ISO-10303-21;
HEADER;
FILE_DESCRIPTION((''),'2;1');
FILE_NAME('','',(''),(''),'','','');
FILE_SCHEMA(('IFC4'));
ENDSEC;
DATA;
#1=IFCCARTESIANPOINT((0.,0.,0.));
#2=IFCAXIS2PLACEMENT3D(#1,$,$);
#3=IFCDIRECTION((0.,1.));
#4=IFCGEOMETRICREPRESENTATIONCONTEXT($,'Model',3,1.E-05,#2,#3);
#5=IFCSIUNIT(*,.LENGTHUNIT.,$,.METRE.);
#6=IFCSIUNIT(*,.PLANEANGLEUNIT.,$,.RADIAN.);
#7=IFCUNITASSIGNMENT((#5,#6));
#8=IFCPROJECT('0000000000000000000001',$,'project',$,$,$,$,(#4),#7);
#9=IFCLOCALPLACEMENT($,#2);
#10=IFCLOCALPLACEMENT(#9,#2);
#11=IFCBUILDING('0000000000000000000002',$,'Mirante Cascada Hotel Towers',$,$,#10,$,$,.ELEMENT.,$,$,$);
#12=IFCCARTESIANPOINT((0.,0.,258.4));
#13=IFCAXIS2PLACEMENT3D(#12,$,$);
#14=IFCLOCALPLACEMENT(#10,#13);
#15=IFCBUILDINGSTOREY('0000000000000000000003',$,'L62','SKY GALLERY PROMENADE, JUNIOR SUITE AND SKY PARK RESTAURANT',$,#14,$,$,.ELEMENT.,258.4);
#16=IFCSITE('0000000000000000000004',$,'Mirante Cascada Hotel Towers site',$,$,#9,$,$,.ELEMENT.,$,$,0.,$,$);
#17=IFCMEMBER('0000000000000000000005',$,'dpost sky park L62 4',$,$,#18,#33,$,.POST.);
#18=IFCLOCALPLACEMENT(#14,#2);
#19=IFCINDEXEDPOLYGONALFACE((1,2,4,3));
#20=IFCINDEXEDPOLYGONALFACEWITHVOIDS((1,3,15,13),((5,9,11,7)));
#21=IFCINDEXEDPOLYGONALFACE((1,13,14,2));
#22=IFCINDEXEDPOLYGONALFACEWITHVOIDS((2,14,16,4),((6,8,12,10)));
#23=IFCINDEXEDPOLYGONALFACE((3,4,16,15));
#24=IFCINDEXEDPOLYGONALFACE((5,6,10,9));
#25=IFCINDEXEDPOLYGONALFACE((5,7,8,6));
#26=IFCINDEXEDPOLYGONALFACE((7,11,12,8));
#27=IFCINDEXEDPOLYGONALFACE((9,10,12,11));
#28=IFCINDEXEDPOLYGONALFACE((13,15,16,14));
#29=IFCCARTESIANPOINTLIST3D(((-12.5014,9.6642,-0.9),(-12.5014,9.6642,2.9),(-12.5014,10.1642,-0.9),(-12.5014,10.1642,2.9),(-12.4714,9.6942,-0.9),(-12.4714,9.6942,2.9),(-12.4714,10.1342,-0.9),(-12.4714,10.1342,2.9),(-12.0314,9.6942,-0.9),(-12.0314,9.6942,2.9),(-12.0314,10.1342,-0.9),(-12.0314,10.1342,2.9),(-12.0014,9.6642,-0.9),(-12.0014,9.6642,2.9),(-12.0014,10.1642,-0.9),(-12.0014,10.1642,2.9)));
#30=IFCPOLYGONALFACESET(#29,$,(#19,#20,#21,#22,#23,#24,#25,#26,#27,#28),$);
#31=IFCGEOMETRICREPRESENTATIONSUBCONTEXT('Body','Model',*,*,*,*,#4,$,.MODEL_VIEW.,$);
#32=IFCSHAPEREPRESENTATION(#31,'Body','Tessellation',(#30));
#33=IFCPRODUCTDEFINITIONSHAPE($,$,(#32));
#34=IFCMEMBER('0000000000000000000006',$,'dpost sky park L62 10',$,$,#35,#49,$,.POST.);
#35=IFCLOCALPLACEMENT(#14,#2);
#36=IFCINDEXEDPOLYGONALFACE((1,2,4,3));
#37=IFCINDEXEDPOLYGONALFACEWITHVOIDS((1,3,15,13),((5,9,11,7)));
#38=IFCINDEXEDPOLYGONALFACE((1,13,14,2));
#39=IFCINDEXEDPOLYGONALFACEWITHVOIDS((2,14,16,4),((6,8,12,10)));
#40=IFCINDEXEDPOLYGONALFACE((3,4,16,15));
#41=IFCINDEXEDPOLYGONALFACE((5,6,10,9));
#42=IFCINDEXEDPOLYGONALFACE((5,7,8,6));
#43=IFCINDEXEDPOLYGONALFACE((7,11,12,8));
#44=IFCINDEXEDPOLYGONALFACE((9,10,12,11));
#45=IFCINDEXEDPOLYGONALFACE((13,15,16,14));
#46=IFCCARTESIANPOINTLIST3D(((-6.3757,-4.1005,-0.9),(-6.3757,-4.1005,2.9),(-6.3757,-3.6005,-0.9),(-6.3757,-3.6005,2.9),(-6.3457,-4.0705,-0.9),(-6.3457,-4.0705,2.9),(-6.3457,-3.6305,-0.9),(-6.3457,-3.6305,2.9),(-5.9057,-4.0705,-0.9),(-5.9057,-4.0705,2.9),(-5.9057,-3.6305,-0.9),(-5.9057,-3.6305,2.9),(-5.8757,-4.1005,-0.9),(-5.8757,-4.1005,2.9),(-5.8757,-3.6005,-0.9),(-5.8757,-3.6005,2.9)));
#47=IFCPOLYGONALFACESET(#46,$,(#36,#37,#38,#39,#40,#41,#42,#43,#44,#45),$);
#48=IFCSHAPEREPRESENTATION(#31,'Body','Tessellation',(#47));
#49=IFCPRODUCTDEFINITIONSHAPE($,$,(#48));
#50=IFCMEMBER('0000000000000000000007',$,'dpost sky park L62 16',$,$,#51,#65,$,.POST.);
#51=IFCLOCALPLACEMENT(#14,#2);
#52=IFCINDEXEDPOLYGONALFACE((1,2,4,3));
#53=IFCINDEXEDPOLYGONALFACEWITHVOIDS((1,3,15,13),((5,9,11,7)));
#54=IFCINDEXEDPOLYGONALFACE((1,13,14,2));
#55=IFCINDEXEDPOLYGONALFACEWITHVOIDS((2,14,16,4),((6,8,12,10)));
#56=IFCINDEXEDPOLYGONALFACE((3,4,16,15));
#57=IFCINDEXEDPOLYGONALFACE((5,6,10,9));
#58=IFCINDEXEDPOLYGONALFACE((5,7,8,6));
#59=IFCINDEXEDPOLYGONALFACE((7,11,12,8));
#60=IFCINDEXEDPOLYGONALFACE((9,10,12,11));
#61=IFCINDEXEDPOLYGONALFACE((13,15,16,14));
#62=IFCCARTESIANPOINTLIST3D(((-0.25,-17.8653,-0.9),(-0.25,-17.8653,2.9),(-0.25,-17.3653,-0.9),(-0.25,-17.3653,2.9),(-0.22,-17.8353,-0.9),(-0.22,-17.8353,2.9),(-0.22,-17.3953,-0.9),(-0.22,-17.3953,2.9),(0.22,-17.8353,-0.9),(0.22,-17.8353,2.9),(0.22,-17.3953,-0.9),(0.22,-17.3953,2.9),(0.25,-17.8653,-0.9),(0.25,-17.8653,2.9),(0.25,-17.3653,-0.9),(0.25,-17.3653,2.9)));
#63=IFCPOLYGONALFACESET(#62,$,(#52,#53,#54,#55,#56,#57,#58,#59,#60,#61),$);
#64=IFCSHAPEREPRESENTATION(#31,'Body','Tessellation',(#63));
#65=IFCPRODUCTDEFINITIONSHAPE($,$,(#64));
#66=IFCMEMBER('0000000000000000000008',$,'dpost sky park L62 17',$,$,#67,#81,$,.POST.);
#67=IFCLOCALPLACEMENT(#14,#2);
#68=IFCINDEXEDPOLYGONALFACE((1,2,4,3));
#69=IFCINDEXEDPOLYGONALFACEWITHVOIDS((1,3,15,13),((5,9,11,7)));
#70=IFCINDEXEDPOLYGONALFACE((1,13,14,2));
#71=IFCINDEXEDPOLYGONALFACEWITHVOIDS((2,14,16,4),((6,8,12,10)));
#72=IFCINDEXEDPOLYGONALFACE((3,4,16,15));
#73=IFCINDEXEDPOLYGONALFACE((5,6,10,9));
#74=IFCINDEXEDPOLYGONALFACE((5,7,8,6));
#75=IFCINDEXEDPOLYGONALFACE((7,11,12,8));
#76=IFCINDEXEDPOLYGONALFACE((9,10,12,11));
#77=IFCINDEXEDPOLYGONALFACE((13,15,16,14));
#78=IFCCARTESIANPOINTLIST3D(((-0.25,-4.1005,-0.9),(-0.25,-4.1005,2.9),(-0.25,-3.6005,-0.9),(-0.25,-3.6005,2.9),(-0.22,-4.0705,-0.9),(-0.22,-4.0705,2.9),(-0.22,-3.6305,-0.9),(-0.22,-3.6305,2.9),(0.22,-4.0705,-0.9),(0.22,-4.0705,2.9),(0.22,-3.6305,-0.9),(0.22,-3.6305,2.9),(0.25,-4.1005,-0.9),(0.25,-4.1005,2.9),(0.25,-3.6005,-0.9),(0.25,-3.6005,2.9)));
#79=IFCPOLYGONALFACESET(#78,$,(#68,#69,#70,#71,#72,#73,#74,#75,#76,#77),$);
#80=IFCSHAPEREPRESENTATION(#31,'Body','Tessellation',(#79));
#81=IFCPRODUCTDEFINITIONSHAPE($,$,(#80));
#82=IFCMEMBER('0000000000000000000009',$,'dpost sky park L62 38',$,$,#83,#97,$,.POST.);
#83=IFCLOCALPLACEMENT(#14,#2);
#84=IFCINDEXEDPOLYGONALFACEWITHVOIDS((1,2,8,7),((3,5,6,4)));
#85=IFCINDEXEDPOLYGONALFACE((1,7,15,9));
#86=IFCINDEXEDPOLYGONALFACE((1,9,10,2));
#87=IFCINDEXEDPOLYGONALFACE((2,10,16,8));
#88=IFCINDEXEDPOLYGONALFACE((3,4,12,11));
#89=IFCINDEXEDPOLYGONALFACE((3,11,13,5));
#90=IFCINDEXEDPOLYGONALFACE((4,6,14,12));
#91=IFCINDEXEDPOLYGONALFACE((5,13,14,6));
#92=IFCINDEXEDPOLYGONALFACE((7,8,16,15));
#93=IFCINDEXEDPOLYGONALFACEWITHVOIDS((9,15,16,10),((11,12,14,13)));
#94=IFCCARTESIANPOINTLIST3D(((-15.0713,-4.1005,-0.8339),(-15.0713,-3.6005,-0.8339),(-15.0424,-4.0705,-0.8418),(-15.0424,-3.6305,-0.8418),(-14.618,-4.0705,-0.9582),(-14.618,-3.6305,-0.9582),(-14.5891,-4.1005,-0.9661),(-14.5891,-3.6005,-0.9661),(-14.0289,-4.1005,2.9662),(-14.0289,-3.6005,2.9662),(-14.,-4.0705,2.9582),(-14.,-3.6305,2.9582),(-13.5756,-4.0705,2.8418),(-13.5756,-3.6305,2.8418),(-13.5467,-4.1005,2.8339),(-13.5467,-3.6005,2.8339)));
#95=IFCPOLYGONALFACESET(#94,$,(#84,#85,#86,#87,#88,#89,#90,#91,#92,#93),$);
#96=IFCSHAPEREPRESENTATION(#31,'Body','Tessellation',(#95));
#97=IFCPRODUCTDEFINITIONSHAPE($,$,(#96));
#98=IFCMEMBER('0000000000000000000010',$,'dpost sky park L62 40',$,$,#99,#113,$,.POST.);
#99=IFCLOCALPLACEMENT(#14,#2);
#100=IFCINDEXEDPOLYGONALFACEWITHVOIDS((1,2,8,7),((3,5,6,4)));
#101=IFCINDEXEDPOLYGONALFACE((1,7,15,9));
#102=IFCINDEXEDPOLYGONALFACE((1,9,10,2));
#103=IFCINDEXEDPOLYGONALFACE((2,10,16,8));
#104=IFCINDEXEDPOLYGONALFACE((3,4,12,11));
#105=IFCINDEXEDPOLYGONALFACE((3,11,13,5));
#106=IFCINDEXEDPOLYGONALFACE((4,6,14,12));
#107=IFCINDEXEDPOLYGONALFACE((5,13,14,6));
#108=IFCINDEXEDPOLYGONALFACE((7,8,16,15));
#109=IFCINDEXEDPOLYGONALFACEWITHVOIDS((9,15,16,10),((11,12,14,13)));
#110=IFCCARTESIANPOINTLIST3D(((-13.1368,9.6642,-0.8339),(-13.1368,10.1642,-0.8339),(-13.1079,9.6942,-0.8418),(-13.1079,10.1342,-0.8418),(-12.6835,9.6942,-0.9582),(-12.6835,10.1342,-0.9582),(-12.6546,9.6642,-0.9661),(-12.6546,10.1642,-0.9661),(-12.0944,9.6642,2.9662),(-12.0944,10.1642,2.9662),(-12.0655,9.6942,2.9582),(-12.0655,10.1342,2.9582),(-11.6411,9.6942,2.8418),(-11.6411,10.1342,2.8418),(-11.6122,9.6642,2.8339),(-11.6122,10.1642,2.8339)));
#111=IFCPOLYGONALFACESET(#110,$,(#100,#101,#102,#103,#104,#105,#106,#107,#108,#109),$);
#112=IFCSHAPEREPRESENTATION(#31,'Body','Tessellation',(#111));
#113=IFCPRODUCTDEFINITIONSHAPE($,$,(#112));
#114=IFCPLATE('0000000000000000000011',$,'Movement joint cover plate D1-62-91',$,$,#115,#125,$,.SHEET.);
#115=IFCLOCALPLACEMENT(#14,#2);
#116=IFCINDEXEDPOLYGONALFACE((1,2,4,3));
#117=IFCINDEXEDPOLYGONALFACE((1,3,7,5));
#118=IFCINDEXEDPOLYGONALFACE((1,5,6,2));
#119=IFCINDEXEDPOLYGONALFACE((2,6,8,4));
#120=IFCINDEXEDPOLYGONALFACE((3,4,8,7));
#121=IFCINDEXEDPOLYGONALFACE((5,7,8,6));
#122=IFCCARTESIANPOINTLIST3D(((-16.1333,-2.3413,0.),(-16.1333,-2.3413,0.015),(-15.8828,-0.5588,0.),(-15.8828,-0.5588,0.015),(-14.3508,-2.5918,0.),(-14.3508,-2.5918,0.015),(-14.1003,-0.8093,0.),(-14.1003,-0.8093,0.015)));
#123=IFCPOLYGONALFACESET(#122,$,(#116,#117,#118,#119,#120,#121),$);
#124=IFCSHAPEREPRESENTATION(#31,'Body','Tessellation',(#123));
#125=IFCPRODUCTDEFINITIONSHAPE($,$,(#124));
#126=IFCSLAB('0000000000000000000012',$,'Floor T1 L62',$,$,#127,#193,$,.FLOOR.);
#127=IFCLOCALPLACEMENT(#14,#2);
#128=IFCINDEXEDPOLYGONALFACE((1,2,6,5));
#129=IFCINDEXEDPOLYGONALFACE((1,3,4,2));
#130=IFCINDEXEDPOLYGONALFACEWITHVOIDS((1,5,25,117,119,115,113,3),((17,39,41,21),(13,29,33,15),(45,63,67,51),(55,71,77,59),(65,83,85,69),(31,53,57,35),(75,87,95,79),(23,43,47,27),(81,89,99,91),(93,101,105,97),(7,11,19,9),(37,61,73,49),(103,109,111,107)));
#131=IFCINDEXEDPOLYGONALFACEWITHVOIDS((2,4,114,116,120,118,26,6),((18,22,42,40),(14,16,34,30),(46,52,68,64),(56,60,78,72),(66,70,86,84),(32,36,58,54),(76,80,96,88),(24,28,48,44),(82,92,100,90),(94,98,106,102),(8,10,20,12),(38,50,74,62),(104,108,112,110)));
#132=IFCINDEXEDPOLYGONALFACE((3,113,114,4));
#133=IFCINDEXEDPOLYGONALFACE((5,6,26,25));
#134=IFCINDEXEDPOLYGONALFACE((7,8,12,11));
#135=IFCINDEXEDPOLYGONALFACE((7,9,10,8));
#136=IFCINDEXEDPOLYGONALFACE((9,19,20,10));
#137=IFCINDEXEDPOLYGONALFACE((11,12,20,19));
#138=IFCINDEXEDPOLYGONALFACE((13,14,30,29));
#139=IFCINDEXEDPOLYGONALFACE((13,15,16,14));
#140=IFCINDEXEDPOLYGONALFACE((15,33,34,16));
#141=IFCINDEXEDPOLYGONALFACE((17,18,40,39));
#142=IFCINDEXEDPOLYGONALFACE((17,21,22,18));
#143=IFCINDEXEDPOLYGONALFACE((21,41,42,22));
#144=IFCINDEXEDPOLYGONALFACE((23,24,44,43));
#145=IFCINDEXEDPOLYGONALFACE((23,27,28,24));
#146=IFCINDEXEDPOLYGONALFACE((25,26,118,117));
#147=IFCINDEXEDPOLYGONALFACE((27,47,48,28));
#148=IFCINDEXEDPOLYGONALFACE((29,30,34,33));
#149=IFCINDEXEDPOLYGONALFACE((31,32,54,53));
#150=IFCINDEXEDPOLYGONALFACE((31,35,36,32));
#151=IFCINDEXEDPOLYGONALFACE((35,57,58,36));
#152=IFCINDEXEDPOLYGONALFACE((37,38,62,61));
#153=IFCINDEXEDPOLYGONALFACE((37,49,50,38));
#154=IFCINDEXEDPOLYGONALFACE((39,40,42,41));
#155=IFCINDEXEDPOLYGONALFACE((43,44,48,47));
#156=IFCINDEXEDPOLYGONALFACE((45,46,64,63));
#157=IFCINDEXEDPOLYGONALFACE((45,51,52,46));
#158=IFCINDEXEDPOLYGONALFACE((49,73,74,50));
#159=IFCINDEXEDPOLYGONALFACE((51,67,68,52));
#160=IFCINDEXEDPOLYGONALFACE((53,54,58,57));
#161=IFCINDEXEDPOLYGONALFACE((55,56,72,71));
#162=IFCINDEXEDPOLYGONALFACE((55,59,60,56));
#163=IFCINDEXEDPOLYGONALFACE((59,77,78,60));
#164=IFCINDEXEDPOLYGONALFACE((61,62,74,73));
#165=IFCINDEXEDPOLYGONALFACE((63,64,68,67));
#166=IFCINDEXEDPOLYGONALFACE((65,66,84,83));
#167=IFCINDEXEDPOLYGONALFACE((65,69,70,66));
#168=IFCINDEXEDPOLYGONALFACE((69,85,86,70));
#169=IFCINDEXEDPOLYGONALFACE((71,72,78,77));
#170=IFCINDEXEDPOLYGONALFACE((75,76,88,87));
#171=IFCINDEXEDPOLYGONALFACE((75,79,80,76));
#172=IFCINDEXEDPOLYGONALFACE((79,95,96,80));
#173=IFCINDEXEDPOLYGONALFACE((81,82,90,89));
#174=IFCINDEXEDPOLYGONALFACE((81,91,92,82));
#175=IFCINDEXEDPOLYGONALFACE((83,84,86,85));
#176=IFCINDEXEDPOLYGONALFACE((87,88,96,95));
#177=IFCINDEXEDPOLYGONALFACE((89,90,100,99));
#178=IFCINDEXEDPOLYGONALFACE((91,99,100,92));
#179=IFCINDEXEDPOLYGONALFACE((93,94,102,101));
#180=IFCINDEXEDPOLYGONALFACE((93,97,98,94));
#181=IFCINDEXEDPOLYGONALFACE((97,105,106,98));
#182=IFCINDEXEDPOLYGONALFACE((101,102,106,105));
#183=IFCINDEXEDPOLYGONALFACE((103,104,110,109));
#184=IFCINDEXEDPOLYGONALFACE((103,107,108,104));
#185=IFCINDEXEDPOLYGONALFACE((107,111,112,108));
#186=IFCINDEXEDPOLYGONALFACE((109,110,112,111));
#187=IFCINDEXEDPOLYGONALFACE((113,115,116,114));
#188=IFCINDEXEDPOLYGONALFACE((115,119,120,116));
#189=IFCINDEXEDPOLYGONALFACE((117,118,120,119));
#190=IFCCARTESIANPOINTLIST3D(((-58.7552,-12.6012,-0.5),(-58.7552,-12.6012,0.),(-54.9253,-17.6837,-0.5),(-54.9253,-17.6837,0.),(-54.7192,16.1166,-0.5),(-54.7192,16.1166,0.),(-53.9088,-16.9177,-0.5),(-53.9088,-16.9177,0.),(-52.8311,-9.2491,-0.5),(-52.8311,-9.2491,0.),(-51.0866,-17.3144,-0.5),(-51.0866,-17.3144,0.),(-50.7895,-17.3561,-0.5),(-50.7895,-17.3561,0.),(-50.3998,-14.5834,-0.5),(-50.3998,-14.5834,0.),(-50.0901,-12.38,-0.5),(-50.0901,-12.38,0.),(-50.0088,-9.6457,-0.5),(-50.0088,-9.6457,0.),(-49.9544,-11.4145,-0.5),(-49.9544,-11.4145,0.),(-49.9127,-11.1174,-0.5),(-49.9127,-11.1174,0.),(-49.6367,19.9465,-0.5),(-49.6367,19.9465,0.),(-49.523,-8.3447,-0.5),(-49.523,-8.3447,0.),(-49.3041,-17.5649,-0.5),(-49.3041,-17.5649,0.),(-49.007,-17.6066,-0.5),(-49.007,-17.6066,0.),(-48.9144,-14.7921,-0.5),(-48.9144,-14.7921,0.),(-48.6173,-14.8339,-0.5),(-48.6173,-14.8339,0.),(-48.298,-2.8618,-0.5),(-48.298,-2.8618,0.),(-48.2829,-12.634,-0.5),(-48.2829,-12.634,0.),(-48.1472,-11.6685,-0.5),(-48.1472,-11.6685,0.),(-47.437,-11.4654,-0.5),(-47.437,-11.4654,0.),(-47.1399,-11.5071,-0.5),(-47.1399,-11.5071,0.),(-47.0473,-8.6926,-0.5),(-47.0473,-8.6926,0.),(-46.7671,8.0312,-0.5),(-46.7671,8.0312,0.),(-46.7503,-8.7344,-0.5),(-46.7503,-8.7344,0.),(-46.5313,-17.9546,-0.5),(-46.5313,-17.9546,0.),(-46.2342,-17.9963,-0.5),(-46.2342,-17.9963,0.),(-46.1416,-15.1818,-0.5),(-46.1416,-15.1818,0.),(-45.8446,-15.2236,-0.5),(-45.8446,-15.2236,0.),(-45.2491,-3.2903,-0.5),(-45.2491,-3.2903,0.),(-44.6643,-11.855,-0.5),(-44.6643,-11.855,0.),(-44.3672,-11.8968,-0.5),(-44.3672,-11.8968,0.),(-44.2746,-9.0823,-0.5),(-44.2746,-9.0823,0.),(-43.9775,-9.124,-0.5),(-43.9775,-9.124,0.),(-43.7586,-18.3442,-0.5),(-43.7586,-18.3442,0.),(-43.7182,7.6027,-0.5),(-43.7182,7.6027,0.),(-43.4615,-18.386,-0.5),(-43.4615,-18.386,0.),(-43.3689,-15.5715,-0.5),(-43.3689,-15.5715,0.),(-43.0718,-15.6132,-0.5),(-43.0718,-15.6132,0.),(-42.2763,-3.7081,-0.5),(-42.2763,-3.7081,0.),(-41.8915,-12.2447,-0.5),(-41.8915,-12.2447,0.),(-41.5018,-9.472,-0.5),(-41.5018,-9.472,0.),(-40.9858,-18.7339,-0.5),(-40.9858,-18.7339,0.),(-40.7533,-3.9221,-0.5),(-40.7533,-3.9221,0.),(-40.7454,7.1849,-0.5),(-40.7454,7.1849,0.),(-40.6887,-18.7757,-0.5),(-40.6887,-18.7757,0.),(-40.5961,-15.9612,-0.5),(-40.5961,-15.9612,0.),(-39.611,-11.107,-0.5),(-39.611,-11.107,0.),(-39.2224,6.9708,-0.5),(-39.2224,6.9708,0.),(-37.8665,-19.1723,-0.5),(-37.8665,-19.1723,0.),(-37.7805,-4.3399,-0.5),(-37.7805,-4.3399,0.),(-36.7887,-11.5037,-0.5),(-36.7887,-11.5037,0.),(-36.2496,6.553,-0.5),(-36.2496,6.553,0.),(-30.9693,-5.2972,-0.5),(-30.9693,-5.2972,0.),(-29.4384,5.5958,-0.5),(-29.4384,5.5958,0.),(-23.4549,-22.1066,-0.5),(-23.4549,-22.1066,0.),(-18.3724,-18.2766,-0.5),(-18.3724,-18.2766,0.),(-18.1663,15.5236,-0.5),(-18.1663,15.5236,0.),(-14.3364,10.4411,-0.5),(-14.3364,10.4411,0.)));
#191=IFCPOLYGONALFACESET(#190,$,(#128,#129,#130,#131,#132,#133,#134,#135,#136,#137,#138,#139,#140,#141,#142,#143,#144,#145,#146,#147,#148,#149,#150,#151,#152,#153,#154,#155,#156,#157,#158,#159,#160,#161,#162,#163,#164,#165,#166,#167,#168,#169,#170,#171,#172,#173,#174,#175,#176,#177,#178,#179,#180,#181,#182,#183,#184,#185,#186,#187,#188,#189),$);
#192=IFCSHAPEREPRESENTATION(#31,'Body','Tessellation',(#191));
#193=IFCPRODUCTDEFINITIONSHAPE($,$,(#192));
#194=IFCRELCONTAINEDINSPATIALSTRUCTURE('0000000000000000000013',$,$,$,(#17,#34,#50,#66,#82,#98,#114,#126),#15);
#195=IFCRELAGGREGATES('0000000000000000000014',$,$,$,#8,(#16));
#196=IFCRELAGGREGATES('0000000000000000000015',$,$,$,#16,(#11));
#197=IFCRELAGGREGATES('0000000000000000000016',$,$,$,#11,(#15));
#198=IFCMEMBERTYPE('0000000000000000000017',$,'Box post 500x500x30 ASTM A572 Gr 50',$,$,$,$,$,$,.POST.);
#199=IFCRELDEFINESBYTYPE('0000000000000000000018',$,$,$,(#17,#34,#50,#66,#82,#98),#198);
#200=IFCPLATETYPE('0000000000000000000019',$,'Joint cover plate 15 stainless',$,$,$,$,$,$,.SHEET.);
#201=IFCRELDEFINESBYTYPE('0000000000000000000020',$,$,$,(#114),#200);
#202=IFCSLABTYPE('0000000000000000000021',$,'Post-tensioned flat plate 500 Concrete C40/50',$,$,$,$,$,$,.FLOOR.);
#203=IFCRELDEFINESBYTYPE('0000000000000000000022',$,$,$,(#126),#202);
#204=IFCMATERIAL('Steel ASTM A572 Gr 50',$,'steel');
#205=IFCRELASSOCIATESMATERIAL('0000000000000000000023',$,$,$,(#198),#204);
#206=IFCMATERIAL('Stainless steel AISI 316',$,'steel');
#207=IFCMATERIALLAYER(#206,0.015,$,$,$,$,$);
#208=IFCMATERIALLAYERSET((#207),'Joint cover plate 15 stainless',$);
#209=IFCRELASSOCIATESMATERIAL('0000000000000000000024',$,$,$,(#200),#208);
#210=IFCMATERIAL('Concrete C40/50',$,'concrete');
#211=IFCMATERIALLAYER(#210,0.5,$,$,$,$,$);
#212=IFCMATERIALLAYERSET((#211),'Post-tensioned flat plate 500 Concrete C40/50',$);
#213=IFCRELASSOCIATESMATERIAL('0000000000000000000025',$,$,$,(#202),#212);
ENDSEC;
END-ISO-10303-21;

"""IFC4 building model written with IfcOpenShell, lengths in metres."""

from ifc_helpers import new_model, si_unit, direction, frame, origin, origin_2d, place, context, subcontext, project, spatial, polyline, rectangle, hollow_rectangle, outline, extrude, material, layer, layer_set, material_profile, profile_set, type_object, element, save


model = new_model("IFC4")

# Units and contexts
model_context = context("Model", 3, precision=1e-05, world=origin(), true_north=direction((0.0, 1.0)))
body_context = subcontext(model_context, "Body", "Model", "MODEL_VIEW")
ifc_project = project(units=[si_unit("LENGTHUNIT", "METRE"), si_unit("PLANEANGLEUNIT", "RADIAN")], contexts=[model_context])

# Site, building, storey
site_placement = place(None, origin())
site = spatial("IfcSite", under=ifc_project, at=site_placement, Name="Mirante Cascada Hotel Towers site", CompositionType="ELEMENT", RefElevation=0.0)
building_placement = place(site_placement, origin())
building = spatial("IfcBuilding", under=site, at=building_placement, Name="Mirante Cascada Hotel Towers", CompositionType="ELEMENT")
storey_placement = place(building_placement, frame((0.0, 0.0, 258.4)))
storey = spatial("IfcBuildingStorey", under=building, at=storey_placement, Name="L62", Description="SKY GALLERY PROMENADE, JUNIOR SUITE AND SKY PARK RESTAURANT", CompositionType="ELEMENT", Elevation=258.4)

# Members
ifc_material_1 = material(Name="Steel ASTM A572 Gr 50", Category="steel")
ifc_material_profile_1 = material_profile(ifc_material_1, hollow_rectangle(XDim=0.5, YDim=0.5, WallThickness=0.03, at=origin_2d()), Name="Box post 500x500x30 ASTM A572 Gr 50")
ifc_profile_set_1 = profile_set([ifc_material_profile_1], Name="Steel ASTM A572 Gr 50")
member_type_1 = type_object("IfcMemberType", Name="Box post 500x500x30 ASTM A572 Gr 50", PredefinedType="POST", material=ifc_profile_set_1)
for number, where, z_axis, x_axis, name in (
    (1, (-12.2514, 9.9142, -0.9), (0.0, 0.0, 1.0), (1.0, 0.0, 0.0), "dpost sky park L62 4"),
    (2, (-6.1257, -3.8505, -0.9), (0.0, 0.0, 1.0), (1.0, 0.0, 0.0), "dpost sky park L62 10"),
    (3, (0.0, -17.6153, -0.9), (0.0, 0.0, 1.0), (1.0, 0.0, 0.0), "dpost sky park L62 16"),
    (4, (0.0, -3.8505, -0.9), (0.0, 0.0, 1.0), (1.0, 0.0, 0.0), "dpost sky park L62 17"),
):
    element("IfcMember", number, at=place(storey_placement, frame(where, z_axis=z_axis, x_axis=x_axis)), inside=storey, type_object=member_type_1, Name=name, PredefinedType="POST", context=body_context, shape_type="SweptSolid", body=[
        extrude(hollow_rectangle(XDim=0.5, YDim=0.5, WallThickness=0.03, at=origin_2d()), origin(), (0.0, 0.0, 1.0), 3.8),
    ])
for number, where, z_axis, x_axis, name in (
    (5, (-14.8302, -3.8505, -0.9), (0.264543, 0.0, 0.964374), (0.0, 1.0, 0.0), "dpost sky park L62 38"),
    (6, (-12.8957, 9.9142, -0.9), (0.264543, 0.0, 0.964374), (0.0, 1.0, 0.0), "dpost sky park L62 40"),
):
    element("IfcMember", number, at=place(storey_placement, frame(where, z_axis=z_axis, x_axis=x_axis)), inside=storey, type_object=member_type_1, Name=name, PredefinedType="POST", context=body_context, shape_type="SweptSolid", body=[
        extrude(hollow_rectangle(XDim=0.5, YDim=0.5, WallThickness=0.03, at=origin_2d()), origin(), (0.0, 0.0, 1.0), 3.9404),
    ])

# Plate
ifc_material_2 = material(Name="Stainless steel AISI 316", Category="steel")
ifc_layer_1 = layer(ifc_material_2, 0.015)
ifc_layer_set_1 = layer_set([ifc_layer_1], Name="Joint cover plate 15 stainless")
plate_type = type_object("IfcPlateType", Name="Joint cover plate 15 stainless", PredefinedType="SHEET", material=ifc_layer_set_1)
plate_placement = place(storey_placement, frame((-15.1168, -1.5753, 0.0), z_axis=(0.0, 0.0, 1.0), x_axis=(0.990268, -0.139173, 0.0)))
element("IfcPlate", 7, at=plate_placement, inside=storey, type_object=plate_type, Name="Movement joint cover plate D1-62-91", PredefinedType="SHEET", context=body_context, shape_type="SweptSolid", body=[
    extrude(rectangle(XDim=1.8, YDim=1.8, at=origin_2d()), origin(), (0.0, 0.0, 1.0), 0.015),
])

# Slab
ifc_material_3 = material(Name="Concrete C40/50", Category="concrete")
ifc_layer_2 = layer(ifc_material_3, 0.5)
ifc_layer_set_2 = layer_set([ifc_layer_2], Name="Post-tensioned flat plate 500 Concrete C40/50")
slab_type = type_object("IfcSlabType", Name="Post-tensioned flat plate 500 Concrete C40/50", PredefinedType="FLOOR", material=ifc_layer_set_2)
slab_1_placement = place(storey_placement, frame((0.0, 0.0, -0.5)))
element("IfcSlab", 8, at=slab_1_placement, inside=storey, type_object=slab_type, Name="Floor T1 L62", PredefinedType="FLOOR", context=body_context, shape_type="SweptSolid", body=[
    extrude(outline(polyline([(-18.3724, -18.2766), (-14.3364, 10.4411), (-18.1663, 15.5236), (-49.6367, 19.9465), (-54.7192, 16.1166), (-58.7552, -12.6012), (-54.9253, -17.6837), (-23.4549, -22.1066), (-18.3724, -18.2766)]), holes=[polyline([(-40.5961, -15.9612), (-40.9858, -18.7339), (-43.4615, -18.386), (-43.0718, -15.6132), (-40.5961, -15.9612)]), polyline([(-43.3689, -15.5715), (-43.7586, -18.3442), (-46.2342, -17.9963), (-45.8446, -15.2236), (-43.3689, -15.5715)]), polyline([(-37.8665, -19.1723), (-40.6887, -18.7757), (-39.611, -11.107), (-36.7887, -11.5037), (-37.8665, -19.1723)]), polyline([(-43.9775, -9.124), (-41.5018, -9.472), (-41.8915, -12.2447), (-44.3672, -11.8968), (-43.9775, -9.124)]), polyline([(-46.7503, -8.7344), (-44.2746, -9.0823), (-44.6643, -11.855), (-47.1399, -11.5071), (-46.7503, -8.7344)]), polyline([(-37.7805, -4.3399), (-36.2496, 6.553), (-29.4384, 5.5958), (-30.9693, -5.2972), (-37.7805, -4.3399)]), polyline([(-42.2763, -3.7081), (-42.2763, -3.7081), (-40.7454, 7.1849), (-39.2224, 6.9708), (-40.7533, -3.9221), (-40.7533, -3.9221), (-42.2763, -3.7081)]), polyline([(-48.298, -2.8618), (-46.7671, 8.0312), (-43.7182, 7.6027), (-45.2491, -3.2903), (-45.2491, -3.2903), (-48.298, -2.8618)]), polyline([(-48.6173, -14.8339), (-46.1416, -15.1818), (-46.5313, -17.9546), (-49.007, -17.6066), (-48.6173, -14.8339)]), polyline([(-50.3998, -14.5834), (-48.9144, -14.7921), (-49.3041, -17.5649), (-50.7895, -17.3561), (-50.3998, -14.5834)]), polyline([(-51.0866, -17.3144), (-53.9088, -16.9177), (-52.8311, -9.2491), (-50.0088, -9.6457), (-51.0866, -17.3144)]), polyline([(-49.9544, -11.4145), (-48.1472, -11.6685), (-48.2829, -12.634), (-50.0901, -12.38), (-49.9544, -11.4145)]), polyline([(-49.523, -8.3447), (-47.0473, -8.6926), (-47.437, -11.4654), (-49.9127, -11.1174), (-49.523, -8.3447)])]), origin(), (0.0, 0.0, 1.0), 0.5),
])

save(model, "model.ifc")
